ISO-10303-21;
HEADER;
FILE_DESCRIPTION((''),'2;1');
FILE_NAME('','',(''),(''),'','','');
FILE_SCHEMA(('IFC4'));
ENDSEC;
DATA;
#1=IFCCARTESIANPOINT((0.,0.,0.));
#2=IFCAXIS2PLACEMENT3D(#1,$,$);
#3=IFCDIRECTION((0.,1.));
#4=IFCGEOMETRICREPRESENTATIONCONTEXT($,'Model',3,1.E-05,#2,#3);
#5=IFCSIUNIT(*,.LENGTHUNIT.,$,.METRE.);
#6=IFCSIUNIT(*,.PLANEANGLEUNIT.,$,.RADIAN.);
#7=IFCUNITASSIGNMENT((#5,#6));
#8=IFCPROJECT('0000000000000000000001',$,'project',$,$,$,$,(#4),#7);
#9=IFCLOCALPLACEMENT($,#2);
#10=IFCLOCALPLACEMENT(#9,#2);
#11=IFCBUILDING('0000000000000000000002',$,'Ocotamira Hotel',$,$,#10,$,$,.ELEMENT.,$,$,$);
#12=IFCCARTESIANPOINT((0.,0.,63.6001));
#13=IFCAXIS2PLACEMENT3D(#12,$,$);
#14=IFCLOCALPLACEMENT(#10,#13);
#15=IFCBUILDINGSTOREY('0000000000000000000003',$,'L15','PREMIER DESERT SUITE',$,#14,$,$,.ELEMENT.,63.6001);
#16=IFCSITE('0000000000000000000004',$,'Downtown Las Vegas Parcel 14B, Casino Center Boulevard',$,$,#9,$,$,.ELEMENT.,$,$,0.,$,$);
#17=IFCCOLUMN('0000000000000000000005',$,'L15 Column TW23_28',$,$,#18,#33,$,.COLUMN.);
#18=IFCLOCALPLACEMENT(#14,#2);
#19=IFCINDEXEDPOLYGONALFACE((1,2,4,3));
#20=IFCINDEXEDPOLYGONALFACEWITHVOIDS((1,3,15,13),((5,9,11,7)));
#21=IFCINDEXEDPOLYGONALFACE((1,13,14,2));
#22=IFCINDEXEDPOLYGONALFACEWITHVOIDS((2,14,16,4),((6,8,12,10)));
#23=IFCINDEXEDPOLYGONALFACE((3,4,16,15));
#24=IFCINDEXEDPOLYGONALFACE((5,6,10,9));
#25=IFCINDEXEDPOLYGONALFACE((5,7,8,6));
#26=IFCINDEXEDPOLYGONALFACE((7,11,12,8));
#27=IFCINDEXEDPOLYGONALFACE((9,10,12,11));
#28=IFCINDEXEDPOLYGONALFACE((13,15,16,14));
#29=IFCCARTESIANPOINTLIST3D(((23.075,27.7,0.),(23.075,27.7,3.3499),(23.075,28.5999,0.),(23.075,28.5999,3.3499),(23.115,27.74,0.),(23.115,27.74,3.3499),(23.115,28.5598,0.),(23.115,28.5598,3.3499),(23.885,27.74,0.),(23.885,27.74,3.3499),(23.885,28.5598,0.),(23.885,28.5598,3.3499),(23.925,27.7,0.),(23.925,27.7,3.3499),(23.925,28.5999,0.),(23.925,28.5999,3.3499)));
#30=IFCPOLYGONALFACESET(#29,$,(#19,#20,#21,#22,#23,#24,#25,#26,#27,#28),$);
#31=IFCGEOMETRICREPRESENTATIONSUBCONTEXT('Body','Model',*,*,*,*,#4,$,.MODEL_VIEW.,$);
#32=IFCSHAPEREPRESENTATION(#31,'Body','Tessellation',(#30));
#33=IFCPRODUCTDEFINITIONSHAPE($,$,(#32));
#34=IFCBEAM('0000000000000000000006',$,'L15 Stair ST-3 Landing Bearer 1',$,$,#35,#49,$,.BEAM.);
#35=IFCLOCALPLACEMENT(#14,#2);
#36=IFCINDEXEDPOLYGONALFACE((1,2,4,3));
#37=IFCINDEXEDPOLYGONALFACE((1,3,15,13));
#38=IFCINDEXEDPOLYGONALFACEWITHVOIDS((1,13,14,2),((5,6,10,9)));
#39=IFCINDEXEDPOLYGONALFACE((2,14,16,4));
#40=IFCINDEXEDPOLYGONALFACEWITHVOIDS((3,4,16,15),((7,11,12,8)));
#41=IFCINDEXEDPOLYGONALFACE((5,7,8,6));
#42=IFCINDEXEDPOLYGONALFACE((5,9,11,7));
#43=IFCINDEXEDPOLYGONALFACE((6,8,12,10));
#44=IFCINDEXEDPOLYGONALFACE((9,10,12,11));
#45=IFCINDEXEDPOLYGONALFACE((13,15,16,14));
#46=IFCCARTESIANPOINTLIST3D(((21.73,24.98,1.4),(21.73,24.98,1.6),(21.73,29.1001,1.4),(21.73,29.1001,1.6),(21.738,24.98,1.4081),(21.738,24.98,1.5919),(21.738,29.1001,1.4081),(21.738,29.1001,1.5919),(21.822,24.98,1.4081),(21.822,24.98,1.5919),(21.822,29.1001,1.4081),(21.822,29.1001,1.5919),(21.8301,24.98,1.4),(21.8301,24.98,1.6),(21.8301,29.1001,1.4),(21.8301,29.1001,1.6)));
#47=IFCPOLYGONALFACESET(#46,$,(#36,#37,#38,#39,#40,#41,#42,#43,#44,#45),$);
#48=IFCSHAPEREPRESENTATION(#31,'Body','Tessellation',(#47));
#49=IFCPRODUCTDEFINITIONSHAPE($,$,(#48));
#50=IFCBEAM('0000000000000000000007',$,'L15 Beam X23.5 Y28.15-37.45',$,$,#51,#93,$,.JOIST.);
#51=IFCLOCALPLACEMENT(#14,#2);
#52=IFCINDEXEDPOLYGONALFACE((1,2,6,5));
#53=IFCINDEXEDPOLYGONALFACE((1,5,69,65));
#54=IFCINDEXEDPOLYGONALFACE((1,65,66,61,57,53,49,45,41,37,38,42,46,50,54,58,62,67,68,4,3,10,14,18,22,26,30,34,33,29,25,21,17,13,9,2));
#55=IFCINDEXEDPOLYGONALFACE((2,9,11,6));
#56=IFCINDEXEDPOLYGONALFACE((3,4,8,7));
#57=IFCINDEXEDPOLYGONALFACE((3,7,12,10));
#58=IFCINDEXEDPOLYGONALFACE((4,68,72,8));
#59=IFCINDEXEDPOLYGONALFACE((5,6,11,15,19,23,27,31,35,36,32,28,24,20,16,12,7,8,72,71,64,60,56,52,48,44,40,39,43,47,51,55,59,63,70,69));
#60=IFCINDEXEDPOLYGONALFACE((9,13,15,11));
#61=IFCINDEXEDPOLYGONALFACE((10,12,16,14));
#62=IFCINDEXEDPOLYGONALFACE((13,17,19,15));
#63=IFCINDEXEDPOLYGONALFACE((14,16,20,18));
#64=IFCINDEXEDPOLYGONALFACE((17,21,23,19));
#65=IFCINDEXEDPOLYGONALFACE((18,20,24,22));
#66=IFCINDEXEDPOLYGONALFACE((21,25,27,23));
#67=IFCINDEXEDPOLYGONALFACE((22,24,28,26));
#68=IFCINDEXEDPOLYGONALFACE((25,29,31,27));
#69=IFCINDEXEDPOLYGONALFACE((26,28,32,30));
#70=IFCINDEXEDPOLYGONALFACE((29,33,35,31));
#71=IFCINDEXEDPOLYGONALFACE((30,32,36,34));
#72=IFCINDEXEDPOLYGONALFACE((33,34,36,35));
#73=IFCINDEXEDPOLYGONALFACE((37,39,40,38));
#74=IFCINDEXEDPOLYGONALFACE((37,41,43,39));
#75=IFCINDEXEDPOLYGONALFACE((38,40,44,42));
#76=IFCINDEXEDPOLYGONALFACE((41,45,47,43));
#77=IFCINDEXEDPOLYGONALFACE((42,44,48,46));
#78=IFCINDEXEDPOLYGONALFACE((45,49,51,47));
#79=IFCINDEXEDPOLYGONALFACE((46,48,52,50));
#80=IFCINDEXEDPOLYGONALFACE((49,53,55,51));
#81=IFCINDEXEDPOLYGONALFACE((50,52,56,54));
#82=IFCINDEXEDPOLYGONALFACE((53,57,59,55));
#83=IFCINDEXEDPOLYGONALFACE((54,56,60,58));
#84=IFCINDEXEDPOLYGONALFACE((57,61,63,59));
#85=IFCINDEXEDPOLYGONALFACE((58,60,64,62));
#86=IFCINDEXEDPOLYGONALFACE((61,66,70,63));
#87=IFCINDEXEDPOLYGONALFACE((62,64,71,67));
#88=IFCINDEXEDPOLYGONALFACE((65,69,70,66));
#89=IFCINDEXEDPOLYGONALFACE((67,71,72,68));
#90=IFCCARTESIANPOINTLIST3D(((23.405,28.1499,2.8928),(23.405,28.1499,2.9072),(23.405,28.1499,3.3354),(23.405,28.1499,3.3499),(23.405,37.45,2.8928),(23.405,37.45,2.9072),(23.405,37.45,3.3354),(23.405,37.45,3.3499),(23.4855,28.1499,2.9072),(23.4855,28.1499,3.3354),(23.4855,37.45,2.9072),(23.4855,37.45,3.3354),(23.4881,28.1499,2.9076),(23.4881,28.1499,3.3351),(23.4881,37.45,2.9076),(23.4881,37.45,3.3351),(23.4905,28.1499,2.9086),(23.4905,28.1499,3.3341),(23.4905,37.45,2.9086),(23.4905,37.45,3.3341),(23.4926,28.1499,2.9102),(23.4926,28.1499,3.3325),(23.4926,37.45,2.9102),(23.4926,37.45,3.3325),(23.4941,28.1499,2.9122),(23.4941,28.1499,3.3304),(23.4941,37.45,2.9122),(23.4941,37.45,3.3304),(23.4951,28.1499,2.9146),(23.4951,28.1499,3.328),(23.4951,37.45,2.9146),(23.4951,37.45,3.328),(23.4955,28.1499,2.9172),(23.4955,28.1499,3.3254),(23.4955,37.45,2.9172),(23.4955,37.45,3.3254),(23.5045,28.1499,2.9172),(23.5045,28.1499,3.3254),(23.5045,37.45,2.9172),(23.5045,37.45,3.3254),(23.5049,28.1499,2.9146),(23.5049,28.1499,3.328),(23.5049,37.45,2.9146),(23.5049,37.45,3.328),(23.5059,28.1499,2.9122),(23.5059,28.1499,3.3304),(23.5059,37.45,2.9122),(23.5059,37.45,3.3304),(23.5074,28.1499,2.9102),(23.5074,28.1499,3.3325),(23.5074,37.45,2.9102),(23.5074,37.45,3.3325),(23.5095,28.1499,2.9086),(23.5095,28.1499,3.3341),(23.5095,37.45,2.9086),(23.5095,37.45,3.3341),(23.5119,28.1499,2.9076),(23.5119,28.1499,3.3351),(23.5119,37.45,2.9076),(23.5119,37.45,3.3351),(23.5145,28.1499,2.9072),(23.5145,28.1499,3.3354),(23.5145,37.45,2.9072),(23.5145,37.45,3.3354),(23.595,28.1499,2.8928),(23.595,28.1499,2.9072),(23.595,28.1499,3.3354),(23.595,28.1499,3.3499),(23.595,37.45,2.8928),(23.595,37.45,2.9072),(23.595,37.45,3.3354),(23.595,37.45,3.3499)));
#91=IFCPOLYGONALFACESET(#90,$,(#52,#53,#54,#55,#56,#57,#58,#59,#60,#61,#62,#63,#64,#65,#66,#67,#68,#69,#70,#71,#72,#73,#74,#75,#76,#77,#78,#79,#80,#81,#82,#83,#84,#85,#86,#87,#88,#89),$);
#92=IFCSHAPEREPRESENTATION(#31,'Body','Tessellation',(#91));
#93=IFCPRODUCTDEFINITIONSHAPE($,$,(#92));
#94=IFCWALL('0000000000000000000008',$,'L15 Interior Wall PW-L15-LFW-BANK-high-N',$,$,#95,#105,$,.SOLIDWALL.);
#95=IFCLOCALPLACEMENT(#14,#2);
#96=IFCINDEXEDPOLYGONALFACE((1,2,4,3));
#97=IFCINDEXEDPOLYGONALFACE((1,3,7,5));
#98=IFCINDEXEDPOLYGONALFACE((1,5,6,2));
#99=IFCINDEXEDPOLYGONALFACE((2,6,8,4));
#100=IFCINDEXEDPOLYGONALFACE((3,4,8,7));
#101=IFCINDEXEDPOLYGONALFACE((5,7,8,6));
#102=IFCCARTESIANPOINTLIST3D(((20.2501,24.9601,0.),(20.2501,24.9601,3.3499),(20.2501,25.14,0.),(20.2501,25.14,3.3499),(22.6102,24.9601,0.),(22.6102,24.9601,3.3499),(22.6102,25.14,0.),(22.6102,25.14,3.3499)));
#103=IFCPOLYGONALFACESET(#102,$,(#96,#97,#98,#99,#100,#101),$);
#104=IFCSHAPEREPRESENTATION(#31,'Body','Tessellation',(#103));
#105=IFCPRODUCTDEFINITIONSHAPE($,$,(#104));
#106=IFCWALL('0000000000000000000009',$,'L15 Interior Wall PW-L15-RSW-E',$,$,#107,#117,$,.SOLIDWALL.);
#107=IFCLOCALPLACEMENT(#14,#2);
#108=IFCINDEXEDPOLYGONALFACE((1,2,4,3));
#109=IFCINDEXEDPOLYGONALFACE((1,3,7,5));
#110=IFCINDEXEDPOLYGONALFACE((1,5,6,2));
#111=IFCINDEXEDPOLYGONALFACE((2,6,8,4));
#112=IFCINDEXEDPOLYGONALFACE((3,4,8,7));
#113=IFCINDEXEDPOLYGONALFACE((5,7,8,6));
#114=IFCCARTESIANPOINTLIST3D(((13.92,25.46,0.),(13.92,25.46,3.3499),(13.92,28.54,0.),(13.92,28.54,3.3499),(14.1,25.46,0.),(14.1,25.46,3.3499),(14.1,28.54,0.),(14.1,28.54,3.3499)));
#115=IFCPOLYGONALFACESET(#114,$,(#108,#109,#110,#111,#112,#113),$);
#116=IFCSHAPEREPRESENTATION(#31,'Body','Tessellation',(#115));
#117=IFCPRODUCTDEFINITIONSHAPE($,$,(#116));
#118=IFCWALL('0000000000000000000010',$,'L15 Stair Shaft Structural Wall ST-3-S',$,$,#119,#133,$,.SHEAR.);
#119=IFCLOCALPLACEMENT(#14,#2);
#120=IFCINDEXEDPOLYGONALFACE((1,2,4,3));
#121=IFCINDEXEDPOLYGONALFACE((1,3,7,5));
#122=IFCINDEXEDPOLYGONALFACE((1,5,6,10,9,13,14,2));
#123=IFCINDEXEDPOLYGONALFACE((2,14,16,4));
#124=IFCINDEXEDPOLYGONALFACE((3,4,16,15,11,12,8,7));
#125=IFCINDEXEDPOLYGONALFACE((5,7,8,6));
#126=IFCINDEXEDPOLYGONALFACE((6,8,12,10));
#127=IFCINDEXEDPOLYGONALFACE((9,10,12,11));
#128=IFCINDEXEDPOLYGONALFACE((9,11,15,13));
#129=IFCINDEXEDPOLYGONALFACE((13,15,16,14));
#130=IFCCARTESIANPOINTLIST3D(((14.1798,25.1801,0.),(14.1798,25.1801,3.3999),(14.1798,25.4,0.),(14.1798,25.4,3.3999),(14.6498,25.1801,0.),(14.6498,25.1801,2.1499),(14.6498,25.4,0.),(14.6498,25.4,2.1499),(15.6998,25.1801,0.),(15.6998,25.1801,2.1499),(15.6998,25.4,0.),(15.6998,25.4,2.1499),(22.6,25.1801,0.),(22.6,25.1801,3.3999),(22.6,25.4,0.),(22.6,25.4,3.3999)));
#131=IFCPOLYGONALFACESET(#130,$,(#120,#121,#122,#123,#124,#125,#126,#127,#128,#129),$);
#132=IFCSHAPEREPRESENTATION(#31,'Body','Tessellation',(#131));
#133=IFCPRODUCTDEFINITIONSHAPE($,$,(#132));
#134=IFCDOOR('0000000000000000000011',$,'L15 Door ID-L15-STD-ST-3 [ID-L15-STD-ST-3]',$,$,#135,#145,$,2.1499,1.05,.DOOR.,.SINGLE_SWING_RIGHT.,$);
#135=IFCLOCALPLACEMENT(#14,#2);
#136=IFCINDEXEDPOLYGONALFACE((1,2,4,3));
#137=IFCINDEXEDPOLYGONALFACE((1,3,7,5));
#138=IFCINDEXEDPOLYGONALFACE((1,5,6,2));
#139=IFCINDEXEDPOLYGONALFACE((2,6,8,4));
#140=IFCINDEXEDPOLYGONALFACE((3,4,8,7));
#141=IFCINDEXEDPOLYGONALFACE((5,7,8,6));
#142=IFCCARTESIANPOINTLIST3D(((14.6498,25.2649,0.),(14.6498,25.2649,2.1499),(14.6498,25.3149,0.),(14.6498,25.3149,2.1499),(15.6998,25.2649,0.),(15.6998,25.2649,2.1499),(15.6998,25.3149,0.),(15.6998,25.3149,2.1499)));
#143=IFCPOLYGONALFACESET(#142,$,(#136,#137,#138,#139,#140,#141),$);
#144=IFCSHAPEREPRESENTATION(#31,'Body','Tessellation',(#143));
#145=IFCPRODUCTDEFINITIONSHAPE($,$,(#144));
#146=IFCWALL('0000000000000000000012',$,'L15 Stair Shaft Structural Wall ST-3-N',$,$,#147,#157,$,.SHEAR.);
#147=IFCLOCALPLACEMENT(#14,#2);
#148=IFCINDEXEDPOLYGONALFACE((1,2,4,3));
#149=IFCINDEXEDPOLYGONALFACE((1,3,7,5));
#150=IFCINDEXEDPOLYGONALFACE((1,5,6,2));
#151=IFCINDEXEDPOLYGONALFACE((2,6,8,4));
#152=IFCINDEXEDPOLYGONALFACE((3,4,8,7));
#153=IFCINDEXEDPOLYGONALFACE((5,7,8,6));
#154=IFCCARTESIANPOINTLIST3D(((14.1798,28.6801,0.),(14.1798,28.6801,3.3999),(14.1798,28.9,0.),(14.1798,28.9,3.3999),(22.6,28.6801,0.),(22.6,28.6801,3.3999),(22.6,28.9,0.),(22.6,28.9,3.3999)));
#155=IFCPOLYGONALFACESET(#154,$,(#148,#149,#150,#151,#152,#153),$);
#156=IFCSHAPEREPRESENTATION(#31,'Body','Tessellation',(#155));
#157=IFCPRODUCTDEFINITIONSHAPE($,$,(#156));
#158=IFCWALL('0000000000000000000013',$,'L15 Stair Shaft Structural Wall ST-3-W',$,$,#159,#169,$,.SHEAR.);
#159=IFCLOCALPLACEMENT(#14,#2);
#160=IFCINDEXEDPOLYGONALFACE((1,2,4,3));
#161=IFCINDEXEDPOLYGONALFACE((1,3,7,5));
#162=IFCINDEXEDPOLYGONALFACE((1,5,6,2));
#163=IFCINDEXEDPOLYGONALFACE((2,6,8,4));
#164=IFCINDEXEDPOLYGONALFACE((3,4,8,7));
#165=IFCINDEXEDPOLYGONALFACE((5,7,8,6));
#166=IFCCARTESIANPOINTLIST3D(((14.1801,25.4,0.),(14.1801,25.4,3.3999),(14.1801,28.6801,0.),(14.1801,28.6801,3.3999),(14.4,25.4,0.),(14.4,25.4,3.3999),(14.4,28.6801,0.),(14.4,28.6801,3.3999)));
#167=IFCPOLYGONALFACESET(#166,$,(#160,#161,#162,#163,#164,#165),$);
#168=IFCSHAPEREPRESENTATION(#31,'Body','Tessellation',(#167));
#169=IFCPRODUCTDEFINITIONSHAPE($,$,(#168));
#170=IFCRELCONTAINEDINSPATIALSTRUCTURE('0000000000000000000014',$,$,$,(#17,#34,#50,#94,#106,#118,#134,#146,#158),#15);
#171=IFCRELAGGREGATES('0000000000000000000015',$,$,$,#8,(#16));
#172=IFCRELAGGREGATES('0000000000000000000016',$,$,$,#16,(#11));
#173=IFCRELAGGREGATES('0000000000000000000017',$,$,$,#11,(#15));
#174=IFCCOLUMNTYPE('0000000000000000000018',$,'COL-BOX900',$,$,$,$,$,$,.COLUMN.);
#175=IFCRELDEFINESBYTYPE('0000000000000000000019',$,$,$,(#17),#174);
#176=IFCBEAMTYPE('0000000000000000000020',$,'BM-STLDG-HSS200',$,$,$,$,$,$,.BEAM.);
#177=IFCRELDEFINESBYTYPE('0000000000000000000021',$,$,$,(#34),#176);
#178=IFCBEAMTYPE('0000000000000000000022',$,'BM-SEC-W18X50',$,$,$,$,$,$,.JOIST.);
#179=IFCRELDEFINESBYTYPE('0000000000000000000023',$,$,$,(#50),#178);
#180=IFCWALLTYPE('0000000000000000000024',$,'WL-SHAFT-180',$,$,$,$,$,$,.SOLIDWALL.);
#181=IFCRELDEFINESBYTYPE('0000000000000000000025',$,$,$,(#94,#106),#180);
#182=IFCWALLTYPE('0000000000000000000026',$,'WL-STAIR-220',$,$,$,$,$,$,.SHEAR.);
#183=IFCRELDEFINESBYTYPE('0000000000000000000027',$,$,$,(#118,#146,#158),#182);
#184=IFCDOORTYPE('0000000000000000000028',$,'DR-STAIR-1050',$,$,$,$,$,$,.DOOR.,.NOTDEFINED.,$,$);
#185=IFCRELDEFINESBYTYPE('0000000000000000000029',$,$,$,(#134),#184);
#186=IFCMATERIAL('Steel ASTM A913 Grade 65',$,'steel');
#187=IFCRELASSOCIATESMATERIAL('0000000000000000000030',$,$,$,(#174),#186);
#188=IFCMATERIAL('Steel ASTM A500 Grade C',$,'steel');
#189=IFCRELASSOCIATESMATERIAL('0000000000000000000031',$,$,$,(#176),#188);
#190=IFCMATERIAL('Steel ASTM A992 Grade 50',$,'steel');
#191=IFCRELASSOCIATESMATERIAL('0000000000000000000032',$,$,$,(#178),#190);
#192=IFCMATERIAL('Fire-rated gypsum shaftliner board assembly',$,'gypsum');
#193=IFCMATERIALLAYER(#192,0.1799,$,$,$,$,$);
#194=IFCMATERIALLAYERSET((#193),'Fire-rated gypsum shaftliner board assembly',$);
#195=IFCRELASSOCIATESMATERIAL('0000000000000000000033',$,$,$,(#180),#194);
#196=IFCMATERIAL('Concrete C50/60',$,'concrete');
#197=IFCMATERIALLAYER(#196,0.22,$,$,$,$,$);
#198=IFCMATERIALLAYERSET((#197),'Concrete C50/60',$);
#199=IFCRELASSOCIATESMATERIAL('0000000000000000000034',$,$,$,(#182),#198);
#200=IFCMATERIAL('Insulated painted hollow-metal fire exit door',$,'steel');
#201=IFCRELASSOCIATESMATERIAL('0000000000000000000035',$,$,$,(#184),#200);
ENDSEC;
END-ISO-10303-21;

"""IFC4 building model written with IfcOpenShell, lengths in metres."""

from ifc_helpers import new_model, si_unit, direction, frame, frame_2d, origin, origin_2d, place, context, subcontext, project, spatial, rectangle, hollow_rectangle, i_section, extrude, source, transform, mapped, material, layer, layer_set, material_profile, profile_set, type_object, element, fill, save


model = new_model("IFC4")

# Units and contexts
model_context = context("Model", 3, precision=1e-05, world=origin(), true_north=direction((0.0, 1.0)))
body_context = subcontext(model_context, "Body", "Model", "MODEL_VIEW")
ifc_project = project(units=[si_unit("LENGTHUNIT", "METRE"), si_unit("PLANEANGLEUNIT", "RADIAN")], contexts=[model_context])

# Site, building, storey
site_placement = place(None, origin())
site = spatial("IfcSite", under=ifc_project, at=site_placement, Name="Downtown Las Vegas Parcel 14B, Casino Center Boulevard", CompositionType="ELEMENT", RefElevation=0.0)
building_placement = place(site_placement, origin())
building = spatial("IfcBuilding", under=site, at=building_placement, Name="Ocotamira Hotel", CompositionType="ELEMENT")
storey_placement = place(building_placement, frame((0.0, 0.0, 63.6001)))
storey = spatial("IfcBuildingStorey", under=building, at=storey_placement, Name="L15", Description="PREMIER DESERT SUITE", CompositionType="ELEMENT", Elevation=63.6001)

# Column
ifc_material_1 = material(Name="Steel ASTM A913 Grade 65", Category="steel")
ifc_material_profile_1 = material_profile(ifc_material_1, hollow_rectangle(XDim=0.8501, YDim=0.8999, WallThickness=0.04, at=origin_2d()), Name="BOX900X850X40")
ifc_profile_set_1 = profile_set([ifc_material_profile_1], Name="Steel ASTM A913 Grade 65")
column_type = type_object("IfcColumnType", Name="COL-BOX900", PredefinedType="COLUMN", material=ifc_profile_set_1)
shared_shape_1 = source(origin(), body_context, "Body", "SweptSolid", [
    extrude(hollow_rectangle(XDim=0.8501, YDim=0.8999, WallThickness=0.04, at=origin_2d()), origin(), (0.0, 0.0, 1.0), 3.3499),
])
column_placement = place(storey_placement, frame((23.5, 28.1499, 0.0), z_axis=(0.0, 0.0, 1.0), x_axis=(1.0, 0.0, 0.0)))
element("IfcColumn", 1, at=column_placement, inside=storey, type_object=column_type, Name="L15 Column TW23_28", PredefinedType="COLUMN", context=body_context, shape_type="MappedRepresentation", body=[
    mapped(shared_shape_1, transform((0.0, 0.0, 0.0), scale=1.0)),
])

# Beams
ifc_material_2 = material(Name="Steel ASTM A500 Grade C", Category="steel")
ifc_material_profile_2 = material_profile(ifc_material_2, hollow_rectangle(XDim=0.1001, YDim=0.2, WallThickness=0.0081, at=origin_2d()), Name="HSS200X100X8")
ifc_profile_set_2 = profile_set([ifc_material_profile_2], Name="Steel ASTM A500 Grade C")
beam_type_1 = type_object("IfcBeamType", Name="BM-STLDG-HSS200", PredefinedType="BEAM", material=ifc_profile_set_2)
shared_shape_2 = source(origin(), body_context, "Body", "SweptSolid", [
    extrude(hollow_rectangle(XDim=0.1001, YDim=0.2, WallThickness=0.0081, at=origin_2d()), origin(), (0.0, 0.0, 1.0), 4.1201),
])
beam_1_placement = place(storey_placement, frame((21.78, 24.98, 1.5), z_axis=(0.0, 1.0, 0.0), x_axis=(-1.0, 0.0, 0.0)))
element("IfcBeam", 2, at=beam_1_placement, inside=storey, type_object=beam_type_1, Name="L15 Stair ST-3 Landing Bearer 1", PredefinedType="BEAM", context=body_context, shape_type="MappedRepresentation", body=[
    mapped(shared_shape_2, transform((0.0, 0.0, 0.0), scale=1.0)),
])
ifc_material_3 = material(Name="Steel ASTM A992 Grade 50", Category="steel")
ifc_material_profile_3 = material_profile(ifc_material_3, i_section(OverallWidth=0.1899, OverallDepth=0.457, WebThickness=0.009, FlangeThickness=0.0144, FilletRadius=0.01, at=origin_2d()), Name="W18X50")
ifc_profile_set_3 = profile_set([ifc_material_profile_3], Name="Steel ASTM A992 Grade 50")
beam_type_2 = type_object("IfcBeamType", Name="BM-SEC-W18X50", PredefinedType="JOIST", material=ifc_profile_set_3)
shared_shape_3 = source(origin(), body_context, "Body", "SweptSolid", [
    extrude(i_section(OverallWidth=0.1899, OverallDepth=0.457, WebThickness=0.009, FlangeThickness=0.0144, FilletRadius=0.01, at=origin_2d()), origin(), (0.0, 0.0, 1.0), 9.3),
])
beam_2_placement = place(storey_placement, frame((23.5, 28.1499, 3.1213), z_axis=(0.0, 1.0, 0.0), x_axis=(-1.0, 0.0, 0.0)))
element("IfcBeam", 3, at=beam_2_placement, inside=storey, type_object=beam_type_2, Name="L15 Beam X23.5 Y28.15-37.45", PredefinedType="JOIST", context=body_context, shape_type="MappedRepresentation", body=[
    mapped(shared_shape_3, transform((0.0, 0.0, 0.0), scale=1.0)),
])

# Walls
ifc_material_4 = material(Name="Fire-rated gypsum shaftliner board assembly", Category="gypsum")
ifc_layer_1 = layer(ifc_material_4, 0.1799)
ifc_layer_set_1 = layer_set([ifc_layer_1], Name="Fire-rated gypsum shaftliner board assembly")
wall_type_1 = type_object("IfcWallType", Name="WL-SHAFT-180", PredefinedType="SOLIDWALL", material=ifc_layer_set_1)
wall_1_placement = place(storey_placement, frame((20.25, 25.05, 0.0), z_axis=(0.0, 0.0, 1.0), x_axis=(1.0, 0.0, 0.0)))
element("IfcWall", 4, at=wall_1_placement, inside=storey, type_object=wall_type_1, Name="L15 Interior Wall PW-L15-LFW-BANK-high-N", PredefinedType="SOLIDWALL", context=body_context, shape_type="SweptSolid", body=[
    extrude(rectangle(XDim=2.3601, YDim=0.1799, at=frame_2d((1.1802, 0.0))), origin(), (0.0, 0.0, 1.0), 3.3499),
])
wall_2_placement = place(storey_placement, frame((14.01, 25.46, 0.0), z_axis=(0.0, 0.0, 1.0), x_axis=(0.0, 1.0, 0.0)))
element("IfcWall", 5, at=wall_2_placement, inside=storey, type_object=wall_type_1, Name="L15 Interior Wall PW-L15-RSW-E", PredefinedType="SOLIDWALL", context=body_context, shape_type="SweptSolid", body=[
    extrude(rectangle(XDim=3.0801, YDim=0.1799, at=frame_2d((1.54, 0.0))), origin(), (0.0, 0.0, 1.0), 3.3499),
])

# Wall, opening, door
ifc_material_5 = material(Name="Concrete C50/60", Category="concrete")
ifc_layer_2 = layer(ifc_material_5, 0.22)
ifc_layer_set_2 = layer_set([ifc_layer_2], Name="Concrete C50/60")
wall_type_2 = type_object("IfcWallType", Name="WL-STAIR-220", PredefinedType="SHEAR", material=ifc_layer_set_2)
wall_3_placement = place(storey_placement, frame((14.1799, 25.29, 0.0), z_axis=(0.0, 0.0, 1.0), x_axis=(1.0, 0.0, 0.0)))
wall_3 = element("IfcWall", 6, at=wall_3_placement, inside=storey, type_object=wall_type_2, Name="L15 Stair Shaft Structural Wall ST-3-S", PredefinedType="SHEAR", context=body_context, shape_type="SweptSolid", body=[
    extrude(rectangle(XDim=8.4202, YDim=0.22, at=frame_2d((4.21, 0.0))), origin(), (0.0, 0.0, 1.0), 3.3999),
])
opening_placement = place(wall_3_placement, frame((0.47, 0.0, 0.0)))
opening = element("IfcOpeningElement", 7, at=opening_placement, cuts=wall_3, PredefinedType="OPENING", context=body_context, shape_type="SweptSolid", body=[
    extrude(rectangle(XDim=1.05, YDim=2.1499, at=frame_2d((0.5249, 1.075))), frame((0.0, 0.1201, 0.0), z_axis=(0.0, -1.0, 0.0), x_axis=(1.0, 0.0, 0.0)), (0.0, 0.0, 1.0), 0.24),
])
ifc_material_6 = material(Name="Insulated painted hollow-metal fire exit door", Category="steel")
door_type = type_object("IfcDoorType", Name="DR-STAIR-1050", OperationType="NOTDEFINED", PredefinedType="DOOR", material=ifc_material_6)
shared_shape_4 = source(origin(), body_context, "Body", "SweptSolid", [
    extrude(rectangle(XDim=1.05, YDim=2.1499, at=frame_2d((0.5249, 1.075))), frame((0.0, 0.0249, 0.0), z_axis=(0.0, -1.0, 0.0), x_axis=(1.0, 0.0, 0.0)), (0.0, 0.0, 1.0), 0.05),
])
door_placement = place(opening_placement, origin())
door = element("IfcDoor", 8, at=door_placement, inside=storey, type_object=door_type, Name="L15 Door ID-L15-STD-ST-3 [ID-L15-STD-ST-3]", OperationType="SINGLE_SWING_RIGHT", OverallHeight=2.1499, OverallWidth=1.05, PredefinedType="DOOR", context=body_context, shape_type="MappedRepresentation", body=[
    mapped(shared_shape_4, transform((0.0, 0.0, 0.0), scale=1.0)),
])
fill(opening, door)

# Walls
wall_4_placement = place(storey_placement, frame((14.1799, 28.79, 0.0), z_axis=(0.0, 0.0, 1.0), x_axis=(1.0, 0.0, 0.0)))
element("IfcWall", 9, at=wall_4_placement, inside=storey, type_object=wall_type_2, Name="L15 Stair Shaft Structural Wall ST-3-N", PredefinedType="SHEAR", context=body_context, shape_type="SweptSolid", body=[
    extrude(rectangle(XDim=8.4202, YDim=0.22, at=frame_2d((4.21, 0.0))), origin(), (0.0, 0.0, 1.0), 3.3999),
])
for number, where, z_axis, x_axis, name in (
    (10, (14.29, 25.3999, 0.0), (0.0, 0.0, 1.0), (0.0, 1.0, 0.0), "L15 Stair Shaft Structural Wall ST-3-W"),
):
    element("IfcWall", number, at=place(storey_placement, frame(where, z_axis=z_axis, x_axis=x_axis)), inside=storey, type_object=wall_type_2, Name=name, PredefinedType="SHEAR", context=body_context, shape_type="SweptSolid", body=[
        extrude(rectangle(XDim=3.28, YDim=0.22, at=frame_2d((1.6401, 0.0))), origin(), (0.0, 0.0, 1.0), 3.3999),
    ])

save(model, "model.ifc")
